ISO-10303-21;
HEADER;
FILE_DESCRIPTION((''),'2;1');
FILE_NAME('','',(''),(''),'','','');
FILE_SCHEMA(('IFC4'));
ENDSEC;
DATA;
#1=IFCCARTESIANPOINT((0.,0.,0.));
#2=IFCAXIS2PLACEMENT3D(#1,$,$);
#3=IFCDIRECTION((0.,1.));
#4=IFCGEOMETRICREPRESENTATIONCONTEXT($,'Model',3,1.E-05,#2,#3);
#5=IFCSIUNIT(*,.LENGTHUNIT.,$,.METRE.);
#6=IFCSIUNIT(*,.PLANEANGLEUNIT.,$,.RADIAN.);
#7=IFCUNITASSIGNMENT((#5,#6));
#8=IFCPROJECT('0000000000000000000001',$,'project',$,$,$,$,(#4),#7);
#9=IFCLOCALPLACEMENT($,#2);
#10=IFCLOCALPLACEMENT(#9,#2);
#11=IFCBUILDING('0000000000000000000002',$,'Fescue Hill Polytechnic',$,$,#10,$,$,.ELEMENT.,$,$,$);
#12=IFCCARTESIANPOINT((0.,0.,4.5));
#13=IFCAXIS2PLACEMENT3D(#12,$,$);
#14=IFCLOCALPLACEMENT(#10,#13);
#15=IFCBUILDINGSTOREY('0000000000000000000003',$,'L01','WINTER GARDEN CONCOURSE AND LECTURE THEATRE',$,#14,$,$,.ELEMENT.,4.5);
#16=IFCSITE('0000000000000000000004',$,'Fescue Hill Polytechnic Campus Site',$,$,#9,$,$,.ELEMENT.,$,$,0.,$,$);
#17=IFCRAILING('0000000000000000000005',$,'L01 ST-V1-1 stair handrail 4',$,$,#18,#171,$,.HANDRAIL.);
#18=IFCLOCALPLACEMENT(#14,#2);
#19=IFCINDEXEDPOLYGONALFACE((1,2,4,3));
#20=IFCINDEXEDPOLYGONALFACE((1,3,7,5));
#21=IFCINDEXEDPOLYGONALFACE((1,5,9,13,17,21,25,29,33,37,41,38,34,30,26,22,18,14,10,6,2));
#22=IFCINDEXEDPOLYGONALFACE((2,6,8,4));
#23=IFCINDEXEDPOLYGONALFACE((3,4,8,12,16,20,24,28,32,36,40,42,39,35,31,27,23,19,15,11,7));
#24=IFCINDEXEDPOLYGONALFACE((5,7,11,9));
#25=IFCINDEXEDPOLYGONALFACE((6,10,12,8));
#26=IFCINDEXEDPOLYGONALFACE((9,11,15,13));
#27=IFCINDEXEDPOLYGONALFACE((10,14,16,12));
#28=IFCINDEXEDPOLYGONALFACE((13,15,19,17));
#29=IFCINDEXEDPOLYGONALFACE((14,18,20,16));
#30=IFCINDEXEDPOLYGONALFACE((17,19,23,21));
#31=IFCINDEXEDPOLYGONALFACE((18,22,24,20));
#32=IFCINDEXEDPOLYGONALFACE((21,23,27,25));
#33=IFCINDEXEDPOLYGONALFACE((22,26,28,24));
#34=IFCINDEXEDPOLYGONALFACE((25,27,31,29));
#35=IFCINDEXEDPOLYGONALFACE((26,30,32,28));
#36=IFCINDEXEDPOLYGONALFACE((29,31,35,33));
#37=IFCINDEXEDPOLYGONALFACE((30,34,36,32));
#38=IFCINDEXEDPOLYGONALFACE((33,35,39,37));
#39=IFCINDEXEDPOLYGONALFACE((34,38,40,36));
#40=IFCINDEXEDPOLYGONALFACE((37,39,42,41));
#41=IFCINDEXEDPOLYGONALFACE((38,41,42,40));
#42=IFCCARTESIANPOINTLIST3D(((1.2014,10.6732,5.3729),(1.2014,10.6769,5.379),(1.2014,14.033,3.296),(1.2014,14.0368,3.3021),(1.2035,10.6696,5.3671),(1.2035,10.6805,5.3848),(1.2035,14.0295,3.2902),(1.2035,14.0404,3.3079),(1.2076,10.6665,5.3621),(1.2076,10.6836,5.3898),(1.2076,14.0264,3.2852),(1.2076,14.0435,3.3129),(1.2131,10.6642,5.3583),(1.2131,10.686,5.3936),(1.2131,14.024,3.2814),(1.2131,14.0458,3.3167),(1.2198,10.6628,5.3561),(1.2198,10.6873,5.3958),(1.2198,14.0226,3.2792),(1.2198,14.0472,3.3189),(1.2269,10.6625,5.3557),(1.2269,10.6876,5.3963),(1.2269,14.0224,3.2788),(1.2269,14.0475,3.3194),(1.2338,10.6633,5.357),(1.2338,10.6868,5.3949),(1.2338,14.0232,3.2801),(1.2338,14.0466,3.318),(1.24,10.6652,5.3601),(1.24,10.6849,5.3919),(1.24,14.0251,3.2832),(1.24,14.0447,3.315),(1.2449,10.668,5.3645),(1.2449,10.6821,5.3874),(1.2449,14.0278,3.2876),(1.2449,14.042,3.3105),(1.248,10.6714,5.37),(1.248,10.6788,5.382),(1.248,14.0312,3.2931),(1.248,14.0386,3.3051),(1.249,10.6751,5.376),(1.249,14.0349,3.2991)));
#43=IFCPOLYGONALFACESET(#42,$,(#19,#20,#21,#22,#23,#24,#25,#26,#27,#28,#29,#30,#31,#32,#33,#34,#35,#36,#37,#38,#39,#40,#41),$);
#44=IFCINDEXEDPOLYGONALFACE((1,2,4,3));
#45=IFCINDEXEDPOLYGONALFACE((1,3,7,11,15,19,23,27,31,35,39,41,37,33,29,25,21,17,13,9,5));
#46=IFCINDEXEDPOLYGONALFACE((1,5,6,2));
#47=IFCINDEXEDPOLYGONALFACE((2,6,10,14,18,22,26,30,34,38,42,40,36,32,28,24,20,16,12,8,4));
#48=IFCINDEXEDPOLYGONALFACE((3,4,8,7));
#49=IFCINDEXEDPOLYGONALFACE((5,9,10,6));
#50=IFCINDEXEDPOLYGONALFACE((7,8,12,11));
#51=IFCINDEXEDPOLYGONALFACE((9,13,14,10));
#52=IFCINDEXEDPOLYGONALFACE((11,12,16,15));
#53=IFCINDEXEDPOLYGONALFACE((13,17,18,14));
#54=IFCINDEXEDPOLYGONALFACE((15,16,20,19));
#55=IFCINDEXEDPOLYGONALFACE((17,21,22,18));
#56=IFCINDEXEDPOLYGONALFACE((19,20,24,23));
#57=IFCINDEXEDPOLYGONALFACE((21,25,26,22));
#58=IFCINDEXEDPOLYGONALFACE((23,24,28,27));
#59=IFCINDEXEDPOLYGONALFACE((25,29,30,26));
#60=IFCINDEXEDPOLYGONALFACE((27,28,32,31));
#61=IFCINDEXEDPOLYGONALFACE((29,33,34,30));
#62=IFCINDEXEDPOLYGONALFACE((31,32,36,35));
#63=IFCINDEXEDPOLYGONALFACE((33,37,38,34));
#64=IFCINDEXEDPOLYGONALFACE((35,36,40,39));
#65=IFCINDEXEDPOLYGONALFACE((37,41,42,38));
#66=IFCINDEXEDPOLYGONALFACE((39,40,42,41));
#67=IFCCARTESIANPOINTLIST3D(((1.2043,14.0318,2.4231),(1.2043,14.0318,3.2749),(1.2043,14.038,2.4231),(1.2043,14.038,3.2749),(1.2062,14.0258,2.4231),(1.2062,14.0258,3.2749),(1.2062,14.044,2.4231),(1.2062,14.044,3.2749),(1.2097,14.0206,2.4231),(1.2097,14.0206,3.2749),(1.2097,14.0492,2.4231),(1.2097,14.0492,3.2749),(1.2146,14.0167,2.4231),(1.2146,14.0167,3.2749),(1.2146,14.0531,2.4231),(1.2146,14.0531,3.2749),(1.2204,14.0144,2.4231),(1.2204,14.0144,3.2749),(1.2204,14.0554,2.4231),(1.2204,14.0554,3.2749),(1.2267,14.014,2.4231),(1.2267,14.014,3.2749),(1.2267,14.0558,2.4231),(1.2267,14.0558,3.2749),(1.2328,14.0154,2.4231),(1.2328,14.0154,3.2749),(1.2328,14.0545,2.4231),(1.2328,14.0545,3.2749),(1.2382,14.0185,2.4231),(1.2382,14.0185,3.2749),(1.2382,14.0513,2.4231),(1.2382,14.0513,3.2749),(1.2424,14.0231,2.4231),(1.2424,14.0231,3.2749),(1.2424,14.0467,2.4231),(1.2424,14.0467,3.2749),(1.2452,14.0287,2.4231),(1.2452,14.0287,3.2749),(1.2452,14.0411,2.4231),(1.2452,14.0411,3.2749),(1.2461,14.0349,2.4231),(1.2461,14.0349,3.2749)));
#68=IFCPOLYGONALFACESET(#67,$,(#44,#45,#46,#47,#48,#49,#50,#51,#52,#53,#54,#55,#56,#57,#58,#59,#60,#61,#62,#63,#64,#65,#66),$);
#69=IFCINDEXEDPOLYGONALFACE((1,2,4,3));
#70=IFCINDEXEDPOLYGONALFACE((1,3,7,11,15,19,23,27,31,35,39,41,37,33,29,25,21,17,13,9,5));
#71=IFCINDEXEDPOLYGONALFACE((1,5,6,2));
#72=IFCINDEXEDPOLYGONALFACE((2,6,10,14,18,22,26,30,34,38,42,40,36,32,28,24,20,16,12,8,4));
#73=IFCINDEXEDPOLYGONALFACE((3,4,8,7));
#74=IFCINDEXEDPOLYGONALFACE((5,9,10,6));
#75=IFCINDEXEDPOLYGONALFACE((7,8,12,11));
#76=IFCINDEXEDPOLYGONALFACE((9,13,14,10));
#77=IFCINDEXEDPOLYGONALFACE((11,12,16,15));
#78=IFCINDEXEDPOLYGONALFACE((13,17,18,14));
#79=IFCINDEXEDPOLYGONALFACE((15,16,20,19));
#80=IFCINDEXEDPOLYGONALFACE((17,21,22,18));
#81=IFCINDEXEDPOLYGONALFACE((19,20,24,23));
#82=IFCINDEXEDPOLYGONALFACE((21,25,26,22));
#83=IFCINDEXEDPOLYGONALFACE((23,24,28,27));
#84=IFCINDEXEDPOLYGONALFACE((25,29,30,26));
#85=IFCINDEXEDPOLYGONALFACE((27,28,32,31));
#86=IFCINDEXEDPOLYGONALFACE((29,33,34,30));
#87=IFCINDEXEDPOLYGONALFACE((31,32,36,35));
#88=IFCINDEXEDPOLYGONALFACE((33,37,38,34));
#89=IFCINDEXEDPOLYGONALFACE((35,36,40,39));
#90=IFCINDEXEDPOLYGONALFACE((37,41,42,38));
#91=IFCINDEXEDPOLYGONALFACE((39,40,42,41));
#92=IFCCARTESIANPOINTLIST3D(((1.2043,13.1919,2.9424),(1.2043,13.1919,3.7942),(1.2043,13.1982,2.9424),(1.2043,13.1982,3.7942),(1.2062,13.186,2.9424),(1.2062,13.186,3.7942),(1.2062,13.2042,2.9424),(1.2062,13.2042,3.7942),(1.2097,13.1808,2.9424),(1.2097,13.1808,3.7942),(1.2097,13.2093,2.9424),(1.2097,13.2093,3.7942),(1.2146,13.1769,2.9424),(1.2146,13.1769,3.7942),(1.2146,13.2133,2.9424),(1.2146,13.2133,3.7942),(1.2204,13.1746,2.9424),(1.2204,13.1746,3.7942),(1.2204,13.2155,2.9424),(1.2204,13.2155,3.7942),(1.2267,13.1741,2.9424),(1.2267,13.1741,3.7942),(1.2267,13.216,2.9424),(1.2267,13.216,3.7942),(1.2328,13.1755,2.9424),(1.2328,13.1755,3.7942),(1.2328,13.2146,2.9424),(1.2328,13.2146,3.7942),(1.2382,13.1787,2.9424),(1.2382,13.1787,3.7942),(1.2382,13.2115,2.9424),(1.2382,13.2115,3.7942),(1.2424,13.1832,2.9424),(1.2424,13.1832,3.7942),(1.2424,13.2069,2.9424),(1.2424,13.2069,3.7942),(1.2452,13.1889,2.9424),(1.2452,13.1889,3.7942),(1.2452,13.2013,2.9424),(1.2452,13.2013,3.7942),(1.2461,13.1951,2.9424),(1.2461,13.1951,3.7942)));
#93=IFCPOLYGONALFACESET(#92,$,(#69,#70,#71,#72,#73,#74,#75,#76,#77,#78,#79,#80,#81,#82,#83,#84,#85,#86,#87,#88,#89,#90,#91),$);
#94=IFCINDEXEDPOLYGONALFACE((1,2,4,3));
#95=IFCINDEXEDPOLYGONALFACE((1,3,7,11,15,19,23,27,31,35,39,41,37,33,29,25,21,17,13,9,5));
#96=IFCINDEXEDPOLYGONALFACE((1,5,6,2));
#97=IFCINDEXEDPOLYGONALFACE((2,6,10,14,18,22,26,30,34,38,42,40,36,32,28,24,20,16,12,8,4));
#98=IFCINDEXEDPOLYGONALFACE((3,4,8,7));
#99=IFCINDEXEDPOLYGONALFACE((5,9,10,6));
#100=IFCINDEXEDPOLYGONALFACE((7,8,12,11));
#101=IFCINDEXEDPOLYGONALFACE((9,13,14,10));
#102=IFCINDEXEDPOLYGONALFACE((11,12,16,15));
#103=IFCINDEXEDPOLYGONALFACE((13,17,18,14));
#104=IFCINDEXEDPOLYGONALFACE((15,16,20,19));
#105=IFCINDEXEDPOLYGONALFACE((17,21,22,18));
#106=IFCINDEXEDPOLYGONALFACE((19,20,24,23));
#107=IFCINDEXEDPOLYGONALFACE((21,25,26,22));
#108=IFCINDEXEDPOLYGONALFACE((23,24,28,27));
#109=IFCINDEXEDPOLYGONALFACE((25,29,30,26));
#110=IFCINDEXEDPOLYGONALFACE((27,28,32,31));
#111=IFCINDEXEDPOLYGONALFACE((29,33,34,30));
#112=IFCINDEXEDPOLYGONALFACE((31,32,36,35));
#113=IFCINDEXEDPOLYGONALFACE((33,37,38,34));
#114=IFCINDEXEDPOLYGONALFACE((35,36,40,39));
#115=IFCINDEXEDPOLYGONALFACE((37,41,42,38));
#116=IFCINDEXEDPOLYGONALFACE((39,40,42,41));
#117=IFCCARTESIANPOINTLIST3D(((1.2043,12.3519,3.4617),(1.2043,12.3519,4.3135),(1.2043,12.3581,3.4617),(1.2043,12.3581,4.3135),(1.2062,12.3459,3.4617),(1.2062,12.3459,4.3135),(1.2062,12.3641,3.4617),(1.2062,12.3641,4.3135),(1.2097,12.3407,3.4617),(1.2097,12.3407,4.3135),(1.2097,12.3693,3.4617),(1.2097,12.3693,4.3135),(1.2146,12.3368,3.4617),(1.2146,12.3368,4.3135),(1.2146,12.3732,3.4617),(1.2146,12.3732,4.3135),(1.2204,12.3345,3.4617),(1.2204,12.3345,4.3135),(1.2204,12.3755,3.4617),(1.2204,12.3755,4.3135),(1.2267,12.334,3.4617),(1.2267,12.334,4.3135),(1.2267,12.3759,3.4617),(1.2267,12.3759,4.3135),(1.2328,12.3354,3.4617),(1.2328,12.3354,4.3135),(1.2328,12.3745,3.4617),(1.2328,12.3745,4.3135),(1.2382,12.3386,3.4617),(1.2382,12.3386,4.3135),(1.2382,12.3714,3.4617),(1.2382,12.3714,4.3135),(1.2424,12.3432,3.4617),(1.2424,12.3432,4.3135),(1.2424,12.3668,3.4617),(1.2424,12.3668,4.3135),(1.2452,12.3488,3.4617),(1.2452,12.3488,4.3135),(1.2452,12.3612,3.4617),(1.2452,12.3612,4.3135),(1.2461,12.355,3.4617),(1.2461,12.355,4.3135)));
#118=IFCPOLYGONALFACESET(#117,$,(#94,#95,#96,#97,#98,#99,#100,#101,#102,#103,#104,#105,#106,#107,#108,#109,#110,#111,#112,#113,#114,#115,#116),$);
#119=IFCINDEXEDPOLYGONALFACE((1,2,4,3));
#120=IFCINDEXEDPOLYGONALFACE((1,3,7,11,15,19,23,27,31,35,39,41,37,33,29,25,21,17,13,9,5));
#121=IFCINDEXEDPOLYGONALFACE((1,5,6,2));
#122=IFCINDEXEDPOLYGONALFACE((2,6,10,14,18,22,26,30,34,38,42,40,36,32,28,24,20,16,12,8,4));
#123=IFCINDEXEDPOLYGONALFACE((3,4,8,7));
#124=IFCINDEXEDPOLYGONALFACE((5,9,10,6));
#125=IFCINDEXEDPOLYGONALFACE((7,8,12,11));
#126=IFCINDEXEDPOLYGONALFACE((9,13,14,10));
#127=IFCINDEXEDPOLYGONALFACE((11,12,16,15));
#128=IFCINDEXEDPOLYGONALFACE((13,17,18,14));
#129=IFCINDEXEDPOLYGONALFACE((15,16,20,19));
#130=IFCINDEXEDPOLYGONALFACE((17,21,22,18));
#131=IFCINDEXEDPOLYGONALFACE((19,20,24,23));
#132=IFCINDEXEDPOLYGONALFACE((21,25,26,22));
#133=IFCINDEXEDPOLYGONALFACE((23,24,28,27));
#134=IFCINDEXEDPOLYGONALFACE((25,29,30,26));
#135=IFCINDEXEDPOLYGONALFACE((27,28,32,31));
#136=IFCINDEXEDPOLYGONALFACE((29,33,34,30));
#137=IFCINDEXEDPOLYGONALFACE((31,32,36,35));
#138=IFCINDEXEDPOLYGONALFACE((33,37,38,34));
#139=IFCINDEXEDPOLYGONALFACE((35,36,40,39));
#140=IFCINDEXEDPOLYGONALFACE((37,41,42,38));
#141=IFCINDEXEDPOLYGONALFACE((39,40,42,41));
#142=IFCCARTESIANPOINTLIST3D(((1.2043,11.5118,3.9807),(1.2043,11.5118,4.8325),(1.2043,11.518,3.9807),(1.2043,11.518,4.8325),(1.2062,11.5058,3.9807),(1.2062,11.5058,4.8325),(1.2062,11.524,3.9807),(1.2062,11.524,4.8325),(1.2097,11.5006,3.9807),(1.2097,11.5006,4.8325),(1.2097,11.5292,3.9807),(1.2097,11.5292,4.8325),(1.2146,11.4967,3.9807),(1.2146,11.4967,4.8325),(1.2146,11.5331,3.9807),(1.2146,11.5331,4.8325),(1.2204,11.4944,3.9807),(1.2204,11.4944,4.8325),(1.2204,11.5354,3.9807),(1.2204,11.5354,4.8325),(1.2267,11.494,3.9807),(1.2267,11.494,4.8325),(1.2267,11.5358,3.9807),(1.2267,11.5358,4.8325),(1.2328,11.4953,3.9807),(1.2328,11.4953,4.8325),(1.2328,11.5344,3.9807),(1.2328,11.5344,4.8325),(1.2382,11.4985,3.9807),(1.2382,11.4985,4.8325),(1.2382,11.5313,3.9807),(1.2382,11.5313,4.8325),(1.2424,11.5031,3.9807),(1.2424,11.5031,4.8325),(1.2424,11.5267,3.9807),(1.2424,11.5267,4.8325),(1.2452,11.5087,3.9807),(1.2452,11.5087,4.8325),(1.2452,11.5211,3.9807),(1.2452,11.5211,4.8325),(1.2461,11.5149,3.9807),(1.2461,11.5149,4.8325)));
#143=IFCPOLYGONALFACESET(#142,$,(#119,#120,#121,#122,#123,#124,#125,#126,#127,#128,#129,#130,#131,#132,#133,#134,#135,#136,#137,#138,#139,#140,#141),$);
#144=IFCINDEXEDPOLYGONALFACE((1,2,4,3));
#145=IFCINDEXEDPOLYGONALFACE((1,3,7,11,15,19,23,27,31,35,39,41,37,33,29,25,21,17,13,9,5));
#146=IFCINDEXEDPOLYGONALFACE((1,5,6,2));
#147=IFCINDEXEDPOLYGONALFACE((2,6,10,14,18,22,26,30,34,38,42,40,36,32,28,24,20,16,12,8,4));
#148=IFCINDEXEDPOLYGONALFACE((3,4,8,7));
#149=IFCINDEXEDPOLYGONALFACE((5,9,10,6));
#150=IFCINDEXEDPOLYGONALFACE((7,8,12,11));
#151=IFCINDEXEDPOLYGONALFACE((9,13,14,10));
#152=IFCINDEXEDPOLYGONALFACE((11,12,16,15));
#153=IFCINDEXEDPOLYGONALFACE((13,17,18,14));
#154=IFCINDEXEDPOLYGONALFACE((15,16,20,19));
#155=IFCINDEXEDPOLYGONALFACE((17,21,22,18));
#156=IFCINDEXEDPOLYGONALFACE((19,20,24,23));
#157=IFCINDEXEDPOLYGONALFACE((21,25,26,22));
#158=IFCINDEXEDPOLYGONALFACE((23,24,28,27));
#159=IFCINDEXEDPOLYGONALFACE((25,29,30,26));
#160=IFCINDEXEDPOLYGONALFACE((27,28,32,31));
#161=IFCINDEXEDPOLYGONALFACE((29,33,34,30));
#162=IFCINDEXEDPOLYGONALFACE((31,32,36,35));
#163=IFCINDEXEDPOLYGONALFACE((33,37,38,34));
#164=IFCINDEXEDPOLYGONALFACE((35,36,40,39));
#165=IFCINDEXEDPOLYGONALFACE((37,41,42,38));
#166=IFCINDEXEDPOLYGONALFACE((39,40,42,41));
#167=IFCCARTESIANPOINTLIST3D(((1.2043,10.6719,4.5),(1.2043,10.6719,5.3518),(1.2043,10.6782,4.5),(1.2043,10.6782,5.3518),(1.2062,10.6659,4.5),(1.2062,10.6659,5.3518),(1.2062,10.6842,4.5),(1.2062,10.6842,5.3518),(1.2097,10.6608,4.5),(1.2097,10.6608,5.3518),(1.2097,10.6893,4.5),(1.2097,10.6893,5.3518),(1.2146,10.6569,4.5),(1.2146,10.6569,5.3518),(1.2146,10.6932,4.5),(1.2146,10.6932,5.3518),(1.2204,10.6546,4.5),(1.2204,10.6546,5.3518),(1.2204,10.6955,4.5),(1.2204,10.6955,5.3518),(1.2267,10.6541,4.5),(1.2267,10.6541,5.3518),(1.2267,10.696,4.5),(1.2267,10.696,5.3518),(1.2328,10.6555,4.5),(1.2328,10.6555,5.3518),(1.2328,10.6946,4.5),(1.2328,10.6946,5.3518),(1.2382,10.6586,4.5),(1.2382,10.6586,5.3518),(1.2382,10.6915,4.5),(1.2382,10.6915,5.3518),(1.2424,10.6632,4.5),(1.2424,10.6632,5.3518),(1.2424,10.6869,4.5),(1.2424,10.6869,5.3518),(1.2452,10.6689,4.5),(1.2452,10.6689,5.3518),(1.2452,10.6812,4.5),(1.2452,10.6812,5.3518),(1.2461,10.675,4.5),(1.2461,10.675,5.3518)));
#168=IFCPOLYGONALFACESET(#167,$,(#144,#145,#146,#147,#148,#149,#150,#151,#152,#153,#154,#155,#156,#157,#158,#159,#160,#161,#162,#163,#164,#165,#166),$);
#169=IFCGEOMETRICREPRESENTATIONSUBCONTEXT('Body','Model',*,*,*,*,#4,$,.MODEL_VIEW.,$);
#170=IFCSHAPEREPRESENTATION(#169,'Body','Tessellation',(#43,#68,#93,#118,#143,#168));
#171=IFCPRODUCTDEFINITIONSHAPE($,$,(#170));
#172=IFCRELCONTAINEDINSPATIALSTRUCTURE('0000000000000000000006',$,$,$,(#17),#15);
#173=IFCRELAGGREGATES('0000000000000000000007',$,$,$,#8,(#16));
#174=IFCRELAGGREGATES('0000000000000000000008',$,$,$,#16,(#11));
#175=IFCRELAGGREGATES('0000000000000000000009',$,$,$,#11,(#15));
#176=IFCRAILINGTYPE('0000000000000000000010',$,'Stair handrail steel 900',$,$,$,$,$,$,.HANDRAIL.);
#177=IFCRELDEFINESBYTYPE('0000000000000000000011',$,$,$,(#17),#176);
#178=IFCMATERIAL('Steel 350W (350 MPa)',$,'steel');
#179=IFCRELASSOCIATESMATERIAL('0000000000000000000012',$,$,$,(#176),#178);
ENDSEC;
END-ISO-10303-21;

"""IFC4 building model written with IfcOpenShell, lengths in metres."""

from ifc_helpers import new_model, si_unit, direction, frame, origin, origin_2d, place, context, subcontext, project, spatial, circle, extrude, material, type_object, element, save


model = new_model("IFC4")

# Units and contexts
model_context = context("Model", 3, precision=1e-05, world=origin(), true_north=direction((0.0, 1.0)))
body_context = subcontext(model_context, "Body", "Model", "MODEL_VIEW")
ifc_project = project(units=[si_unit("LENGTHUNIT", "METRE"), si_unit("PLANEANGLEUNIT", "RADIAN")], contexts=[model_context])

# Site, building, storey
site_placement = place(None, origin())
site = spatial("IfcSite", under=ifc_project, at=site_placement, Name="Fescue Hill Polytechnic Campus Site", CompositionType="ELEMENT", RefElevation=0.0)
building_placement = place(site_placement, origin())
building = spatial("IfcBuilding", under=site, at=building_placement, Name="Fescue Hill Polytechnic", CompositionType="ELEMENT")
storey_placement = place(building_placement, frame((0.0, 0.0, 4.5)))
storey = spatial("IfcBuildingStorey", under=building, at=storey_placement, Name="L01", Description="WINTER GARDEN CONCOURSE AND LECTURE THEATRE", CompositionType="ELEMENT", Elevation=4.5)

# Shared definitions
ifc_material_1 = material(Name="Steel 350W (350 MPa)", Category="steel")

# Railing
railing_type_1 = type_object("IfcRailingType", Name="Stair handrail steel 900", PredefinedType="HANDRAIL", material=ifc_material_1)
for number, where, name in (
    (1, (1.2251, 14.0349, 2.4231), "L01 ST-V1-1 stair handrail 4"),
):
    element("IfcRailing", number, at=place(storey_placement, frame(where)), inside=storey, type_object=railing_type_1, Name=name, PredefinedType="HANDRAIL", context=body_context, shape_type="SweptSolid", body=[
        extrude(circle(Radius=0.0239, at=origin_2d()), frame((0.0, 0.0, 0.876), z_axis=(0.0, -0.850606, 0.525803), x_axis=(1.0, 0.0, 0.0)), (0.0, 0.0, 1.0), 3.95),
        extrude(circle(Radius=0.021, at=origin_2d()), origin(), (0.0, 0.0, 1.0), 0.8518),
        extrude(circle(Radius=0.021, at=origin_2d()), frame((0.0, -0.8398, 0.5193)), (0.0, 0.0, 1.0), 0.8518),
        extrude(circle(Radius=0.021, at=origin_2d()), frame((0.0, -1.6799, 1.0386)), (0.0, 0.0, 1.0), 0.8518),
        extrude(circle(Radius=0.021, at=origin_2d()), frame((0.0, -2.52, 1.5576)), (0.0, 0.0, 1.0), 0.8518),
        extrude(circle(Radius=0.021, at=origin_2d()), frame((0.0, -3.3599, 2.0769)), (0.0, 0.0, 1.0), 0.8518),
    ])

save(model, "model.ifc")
